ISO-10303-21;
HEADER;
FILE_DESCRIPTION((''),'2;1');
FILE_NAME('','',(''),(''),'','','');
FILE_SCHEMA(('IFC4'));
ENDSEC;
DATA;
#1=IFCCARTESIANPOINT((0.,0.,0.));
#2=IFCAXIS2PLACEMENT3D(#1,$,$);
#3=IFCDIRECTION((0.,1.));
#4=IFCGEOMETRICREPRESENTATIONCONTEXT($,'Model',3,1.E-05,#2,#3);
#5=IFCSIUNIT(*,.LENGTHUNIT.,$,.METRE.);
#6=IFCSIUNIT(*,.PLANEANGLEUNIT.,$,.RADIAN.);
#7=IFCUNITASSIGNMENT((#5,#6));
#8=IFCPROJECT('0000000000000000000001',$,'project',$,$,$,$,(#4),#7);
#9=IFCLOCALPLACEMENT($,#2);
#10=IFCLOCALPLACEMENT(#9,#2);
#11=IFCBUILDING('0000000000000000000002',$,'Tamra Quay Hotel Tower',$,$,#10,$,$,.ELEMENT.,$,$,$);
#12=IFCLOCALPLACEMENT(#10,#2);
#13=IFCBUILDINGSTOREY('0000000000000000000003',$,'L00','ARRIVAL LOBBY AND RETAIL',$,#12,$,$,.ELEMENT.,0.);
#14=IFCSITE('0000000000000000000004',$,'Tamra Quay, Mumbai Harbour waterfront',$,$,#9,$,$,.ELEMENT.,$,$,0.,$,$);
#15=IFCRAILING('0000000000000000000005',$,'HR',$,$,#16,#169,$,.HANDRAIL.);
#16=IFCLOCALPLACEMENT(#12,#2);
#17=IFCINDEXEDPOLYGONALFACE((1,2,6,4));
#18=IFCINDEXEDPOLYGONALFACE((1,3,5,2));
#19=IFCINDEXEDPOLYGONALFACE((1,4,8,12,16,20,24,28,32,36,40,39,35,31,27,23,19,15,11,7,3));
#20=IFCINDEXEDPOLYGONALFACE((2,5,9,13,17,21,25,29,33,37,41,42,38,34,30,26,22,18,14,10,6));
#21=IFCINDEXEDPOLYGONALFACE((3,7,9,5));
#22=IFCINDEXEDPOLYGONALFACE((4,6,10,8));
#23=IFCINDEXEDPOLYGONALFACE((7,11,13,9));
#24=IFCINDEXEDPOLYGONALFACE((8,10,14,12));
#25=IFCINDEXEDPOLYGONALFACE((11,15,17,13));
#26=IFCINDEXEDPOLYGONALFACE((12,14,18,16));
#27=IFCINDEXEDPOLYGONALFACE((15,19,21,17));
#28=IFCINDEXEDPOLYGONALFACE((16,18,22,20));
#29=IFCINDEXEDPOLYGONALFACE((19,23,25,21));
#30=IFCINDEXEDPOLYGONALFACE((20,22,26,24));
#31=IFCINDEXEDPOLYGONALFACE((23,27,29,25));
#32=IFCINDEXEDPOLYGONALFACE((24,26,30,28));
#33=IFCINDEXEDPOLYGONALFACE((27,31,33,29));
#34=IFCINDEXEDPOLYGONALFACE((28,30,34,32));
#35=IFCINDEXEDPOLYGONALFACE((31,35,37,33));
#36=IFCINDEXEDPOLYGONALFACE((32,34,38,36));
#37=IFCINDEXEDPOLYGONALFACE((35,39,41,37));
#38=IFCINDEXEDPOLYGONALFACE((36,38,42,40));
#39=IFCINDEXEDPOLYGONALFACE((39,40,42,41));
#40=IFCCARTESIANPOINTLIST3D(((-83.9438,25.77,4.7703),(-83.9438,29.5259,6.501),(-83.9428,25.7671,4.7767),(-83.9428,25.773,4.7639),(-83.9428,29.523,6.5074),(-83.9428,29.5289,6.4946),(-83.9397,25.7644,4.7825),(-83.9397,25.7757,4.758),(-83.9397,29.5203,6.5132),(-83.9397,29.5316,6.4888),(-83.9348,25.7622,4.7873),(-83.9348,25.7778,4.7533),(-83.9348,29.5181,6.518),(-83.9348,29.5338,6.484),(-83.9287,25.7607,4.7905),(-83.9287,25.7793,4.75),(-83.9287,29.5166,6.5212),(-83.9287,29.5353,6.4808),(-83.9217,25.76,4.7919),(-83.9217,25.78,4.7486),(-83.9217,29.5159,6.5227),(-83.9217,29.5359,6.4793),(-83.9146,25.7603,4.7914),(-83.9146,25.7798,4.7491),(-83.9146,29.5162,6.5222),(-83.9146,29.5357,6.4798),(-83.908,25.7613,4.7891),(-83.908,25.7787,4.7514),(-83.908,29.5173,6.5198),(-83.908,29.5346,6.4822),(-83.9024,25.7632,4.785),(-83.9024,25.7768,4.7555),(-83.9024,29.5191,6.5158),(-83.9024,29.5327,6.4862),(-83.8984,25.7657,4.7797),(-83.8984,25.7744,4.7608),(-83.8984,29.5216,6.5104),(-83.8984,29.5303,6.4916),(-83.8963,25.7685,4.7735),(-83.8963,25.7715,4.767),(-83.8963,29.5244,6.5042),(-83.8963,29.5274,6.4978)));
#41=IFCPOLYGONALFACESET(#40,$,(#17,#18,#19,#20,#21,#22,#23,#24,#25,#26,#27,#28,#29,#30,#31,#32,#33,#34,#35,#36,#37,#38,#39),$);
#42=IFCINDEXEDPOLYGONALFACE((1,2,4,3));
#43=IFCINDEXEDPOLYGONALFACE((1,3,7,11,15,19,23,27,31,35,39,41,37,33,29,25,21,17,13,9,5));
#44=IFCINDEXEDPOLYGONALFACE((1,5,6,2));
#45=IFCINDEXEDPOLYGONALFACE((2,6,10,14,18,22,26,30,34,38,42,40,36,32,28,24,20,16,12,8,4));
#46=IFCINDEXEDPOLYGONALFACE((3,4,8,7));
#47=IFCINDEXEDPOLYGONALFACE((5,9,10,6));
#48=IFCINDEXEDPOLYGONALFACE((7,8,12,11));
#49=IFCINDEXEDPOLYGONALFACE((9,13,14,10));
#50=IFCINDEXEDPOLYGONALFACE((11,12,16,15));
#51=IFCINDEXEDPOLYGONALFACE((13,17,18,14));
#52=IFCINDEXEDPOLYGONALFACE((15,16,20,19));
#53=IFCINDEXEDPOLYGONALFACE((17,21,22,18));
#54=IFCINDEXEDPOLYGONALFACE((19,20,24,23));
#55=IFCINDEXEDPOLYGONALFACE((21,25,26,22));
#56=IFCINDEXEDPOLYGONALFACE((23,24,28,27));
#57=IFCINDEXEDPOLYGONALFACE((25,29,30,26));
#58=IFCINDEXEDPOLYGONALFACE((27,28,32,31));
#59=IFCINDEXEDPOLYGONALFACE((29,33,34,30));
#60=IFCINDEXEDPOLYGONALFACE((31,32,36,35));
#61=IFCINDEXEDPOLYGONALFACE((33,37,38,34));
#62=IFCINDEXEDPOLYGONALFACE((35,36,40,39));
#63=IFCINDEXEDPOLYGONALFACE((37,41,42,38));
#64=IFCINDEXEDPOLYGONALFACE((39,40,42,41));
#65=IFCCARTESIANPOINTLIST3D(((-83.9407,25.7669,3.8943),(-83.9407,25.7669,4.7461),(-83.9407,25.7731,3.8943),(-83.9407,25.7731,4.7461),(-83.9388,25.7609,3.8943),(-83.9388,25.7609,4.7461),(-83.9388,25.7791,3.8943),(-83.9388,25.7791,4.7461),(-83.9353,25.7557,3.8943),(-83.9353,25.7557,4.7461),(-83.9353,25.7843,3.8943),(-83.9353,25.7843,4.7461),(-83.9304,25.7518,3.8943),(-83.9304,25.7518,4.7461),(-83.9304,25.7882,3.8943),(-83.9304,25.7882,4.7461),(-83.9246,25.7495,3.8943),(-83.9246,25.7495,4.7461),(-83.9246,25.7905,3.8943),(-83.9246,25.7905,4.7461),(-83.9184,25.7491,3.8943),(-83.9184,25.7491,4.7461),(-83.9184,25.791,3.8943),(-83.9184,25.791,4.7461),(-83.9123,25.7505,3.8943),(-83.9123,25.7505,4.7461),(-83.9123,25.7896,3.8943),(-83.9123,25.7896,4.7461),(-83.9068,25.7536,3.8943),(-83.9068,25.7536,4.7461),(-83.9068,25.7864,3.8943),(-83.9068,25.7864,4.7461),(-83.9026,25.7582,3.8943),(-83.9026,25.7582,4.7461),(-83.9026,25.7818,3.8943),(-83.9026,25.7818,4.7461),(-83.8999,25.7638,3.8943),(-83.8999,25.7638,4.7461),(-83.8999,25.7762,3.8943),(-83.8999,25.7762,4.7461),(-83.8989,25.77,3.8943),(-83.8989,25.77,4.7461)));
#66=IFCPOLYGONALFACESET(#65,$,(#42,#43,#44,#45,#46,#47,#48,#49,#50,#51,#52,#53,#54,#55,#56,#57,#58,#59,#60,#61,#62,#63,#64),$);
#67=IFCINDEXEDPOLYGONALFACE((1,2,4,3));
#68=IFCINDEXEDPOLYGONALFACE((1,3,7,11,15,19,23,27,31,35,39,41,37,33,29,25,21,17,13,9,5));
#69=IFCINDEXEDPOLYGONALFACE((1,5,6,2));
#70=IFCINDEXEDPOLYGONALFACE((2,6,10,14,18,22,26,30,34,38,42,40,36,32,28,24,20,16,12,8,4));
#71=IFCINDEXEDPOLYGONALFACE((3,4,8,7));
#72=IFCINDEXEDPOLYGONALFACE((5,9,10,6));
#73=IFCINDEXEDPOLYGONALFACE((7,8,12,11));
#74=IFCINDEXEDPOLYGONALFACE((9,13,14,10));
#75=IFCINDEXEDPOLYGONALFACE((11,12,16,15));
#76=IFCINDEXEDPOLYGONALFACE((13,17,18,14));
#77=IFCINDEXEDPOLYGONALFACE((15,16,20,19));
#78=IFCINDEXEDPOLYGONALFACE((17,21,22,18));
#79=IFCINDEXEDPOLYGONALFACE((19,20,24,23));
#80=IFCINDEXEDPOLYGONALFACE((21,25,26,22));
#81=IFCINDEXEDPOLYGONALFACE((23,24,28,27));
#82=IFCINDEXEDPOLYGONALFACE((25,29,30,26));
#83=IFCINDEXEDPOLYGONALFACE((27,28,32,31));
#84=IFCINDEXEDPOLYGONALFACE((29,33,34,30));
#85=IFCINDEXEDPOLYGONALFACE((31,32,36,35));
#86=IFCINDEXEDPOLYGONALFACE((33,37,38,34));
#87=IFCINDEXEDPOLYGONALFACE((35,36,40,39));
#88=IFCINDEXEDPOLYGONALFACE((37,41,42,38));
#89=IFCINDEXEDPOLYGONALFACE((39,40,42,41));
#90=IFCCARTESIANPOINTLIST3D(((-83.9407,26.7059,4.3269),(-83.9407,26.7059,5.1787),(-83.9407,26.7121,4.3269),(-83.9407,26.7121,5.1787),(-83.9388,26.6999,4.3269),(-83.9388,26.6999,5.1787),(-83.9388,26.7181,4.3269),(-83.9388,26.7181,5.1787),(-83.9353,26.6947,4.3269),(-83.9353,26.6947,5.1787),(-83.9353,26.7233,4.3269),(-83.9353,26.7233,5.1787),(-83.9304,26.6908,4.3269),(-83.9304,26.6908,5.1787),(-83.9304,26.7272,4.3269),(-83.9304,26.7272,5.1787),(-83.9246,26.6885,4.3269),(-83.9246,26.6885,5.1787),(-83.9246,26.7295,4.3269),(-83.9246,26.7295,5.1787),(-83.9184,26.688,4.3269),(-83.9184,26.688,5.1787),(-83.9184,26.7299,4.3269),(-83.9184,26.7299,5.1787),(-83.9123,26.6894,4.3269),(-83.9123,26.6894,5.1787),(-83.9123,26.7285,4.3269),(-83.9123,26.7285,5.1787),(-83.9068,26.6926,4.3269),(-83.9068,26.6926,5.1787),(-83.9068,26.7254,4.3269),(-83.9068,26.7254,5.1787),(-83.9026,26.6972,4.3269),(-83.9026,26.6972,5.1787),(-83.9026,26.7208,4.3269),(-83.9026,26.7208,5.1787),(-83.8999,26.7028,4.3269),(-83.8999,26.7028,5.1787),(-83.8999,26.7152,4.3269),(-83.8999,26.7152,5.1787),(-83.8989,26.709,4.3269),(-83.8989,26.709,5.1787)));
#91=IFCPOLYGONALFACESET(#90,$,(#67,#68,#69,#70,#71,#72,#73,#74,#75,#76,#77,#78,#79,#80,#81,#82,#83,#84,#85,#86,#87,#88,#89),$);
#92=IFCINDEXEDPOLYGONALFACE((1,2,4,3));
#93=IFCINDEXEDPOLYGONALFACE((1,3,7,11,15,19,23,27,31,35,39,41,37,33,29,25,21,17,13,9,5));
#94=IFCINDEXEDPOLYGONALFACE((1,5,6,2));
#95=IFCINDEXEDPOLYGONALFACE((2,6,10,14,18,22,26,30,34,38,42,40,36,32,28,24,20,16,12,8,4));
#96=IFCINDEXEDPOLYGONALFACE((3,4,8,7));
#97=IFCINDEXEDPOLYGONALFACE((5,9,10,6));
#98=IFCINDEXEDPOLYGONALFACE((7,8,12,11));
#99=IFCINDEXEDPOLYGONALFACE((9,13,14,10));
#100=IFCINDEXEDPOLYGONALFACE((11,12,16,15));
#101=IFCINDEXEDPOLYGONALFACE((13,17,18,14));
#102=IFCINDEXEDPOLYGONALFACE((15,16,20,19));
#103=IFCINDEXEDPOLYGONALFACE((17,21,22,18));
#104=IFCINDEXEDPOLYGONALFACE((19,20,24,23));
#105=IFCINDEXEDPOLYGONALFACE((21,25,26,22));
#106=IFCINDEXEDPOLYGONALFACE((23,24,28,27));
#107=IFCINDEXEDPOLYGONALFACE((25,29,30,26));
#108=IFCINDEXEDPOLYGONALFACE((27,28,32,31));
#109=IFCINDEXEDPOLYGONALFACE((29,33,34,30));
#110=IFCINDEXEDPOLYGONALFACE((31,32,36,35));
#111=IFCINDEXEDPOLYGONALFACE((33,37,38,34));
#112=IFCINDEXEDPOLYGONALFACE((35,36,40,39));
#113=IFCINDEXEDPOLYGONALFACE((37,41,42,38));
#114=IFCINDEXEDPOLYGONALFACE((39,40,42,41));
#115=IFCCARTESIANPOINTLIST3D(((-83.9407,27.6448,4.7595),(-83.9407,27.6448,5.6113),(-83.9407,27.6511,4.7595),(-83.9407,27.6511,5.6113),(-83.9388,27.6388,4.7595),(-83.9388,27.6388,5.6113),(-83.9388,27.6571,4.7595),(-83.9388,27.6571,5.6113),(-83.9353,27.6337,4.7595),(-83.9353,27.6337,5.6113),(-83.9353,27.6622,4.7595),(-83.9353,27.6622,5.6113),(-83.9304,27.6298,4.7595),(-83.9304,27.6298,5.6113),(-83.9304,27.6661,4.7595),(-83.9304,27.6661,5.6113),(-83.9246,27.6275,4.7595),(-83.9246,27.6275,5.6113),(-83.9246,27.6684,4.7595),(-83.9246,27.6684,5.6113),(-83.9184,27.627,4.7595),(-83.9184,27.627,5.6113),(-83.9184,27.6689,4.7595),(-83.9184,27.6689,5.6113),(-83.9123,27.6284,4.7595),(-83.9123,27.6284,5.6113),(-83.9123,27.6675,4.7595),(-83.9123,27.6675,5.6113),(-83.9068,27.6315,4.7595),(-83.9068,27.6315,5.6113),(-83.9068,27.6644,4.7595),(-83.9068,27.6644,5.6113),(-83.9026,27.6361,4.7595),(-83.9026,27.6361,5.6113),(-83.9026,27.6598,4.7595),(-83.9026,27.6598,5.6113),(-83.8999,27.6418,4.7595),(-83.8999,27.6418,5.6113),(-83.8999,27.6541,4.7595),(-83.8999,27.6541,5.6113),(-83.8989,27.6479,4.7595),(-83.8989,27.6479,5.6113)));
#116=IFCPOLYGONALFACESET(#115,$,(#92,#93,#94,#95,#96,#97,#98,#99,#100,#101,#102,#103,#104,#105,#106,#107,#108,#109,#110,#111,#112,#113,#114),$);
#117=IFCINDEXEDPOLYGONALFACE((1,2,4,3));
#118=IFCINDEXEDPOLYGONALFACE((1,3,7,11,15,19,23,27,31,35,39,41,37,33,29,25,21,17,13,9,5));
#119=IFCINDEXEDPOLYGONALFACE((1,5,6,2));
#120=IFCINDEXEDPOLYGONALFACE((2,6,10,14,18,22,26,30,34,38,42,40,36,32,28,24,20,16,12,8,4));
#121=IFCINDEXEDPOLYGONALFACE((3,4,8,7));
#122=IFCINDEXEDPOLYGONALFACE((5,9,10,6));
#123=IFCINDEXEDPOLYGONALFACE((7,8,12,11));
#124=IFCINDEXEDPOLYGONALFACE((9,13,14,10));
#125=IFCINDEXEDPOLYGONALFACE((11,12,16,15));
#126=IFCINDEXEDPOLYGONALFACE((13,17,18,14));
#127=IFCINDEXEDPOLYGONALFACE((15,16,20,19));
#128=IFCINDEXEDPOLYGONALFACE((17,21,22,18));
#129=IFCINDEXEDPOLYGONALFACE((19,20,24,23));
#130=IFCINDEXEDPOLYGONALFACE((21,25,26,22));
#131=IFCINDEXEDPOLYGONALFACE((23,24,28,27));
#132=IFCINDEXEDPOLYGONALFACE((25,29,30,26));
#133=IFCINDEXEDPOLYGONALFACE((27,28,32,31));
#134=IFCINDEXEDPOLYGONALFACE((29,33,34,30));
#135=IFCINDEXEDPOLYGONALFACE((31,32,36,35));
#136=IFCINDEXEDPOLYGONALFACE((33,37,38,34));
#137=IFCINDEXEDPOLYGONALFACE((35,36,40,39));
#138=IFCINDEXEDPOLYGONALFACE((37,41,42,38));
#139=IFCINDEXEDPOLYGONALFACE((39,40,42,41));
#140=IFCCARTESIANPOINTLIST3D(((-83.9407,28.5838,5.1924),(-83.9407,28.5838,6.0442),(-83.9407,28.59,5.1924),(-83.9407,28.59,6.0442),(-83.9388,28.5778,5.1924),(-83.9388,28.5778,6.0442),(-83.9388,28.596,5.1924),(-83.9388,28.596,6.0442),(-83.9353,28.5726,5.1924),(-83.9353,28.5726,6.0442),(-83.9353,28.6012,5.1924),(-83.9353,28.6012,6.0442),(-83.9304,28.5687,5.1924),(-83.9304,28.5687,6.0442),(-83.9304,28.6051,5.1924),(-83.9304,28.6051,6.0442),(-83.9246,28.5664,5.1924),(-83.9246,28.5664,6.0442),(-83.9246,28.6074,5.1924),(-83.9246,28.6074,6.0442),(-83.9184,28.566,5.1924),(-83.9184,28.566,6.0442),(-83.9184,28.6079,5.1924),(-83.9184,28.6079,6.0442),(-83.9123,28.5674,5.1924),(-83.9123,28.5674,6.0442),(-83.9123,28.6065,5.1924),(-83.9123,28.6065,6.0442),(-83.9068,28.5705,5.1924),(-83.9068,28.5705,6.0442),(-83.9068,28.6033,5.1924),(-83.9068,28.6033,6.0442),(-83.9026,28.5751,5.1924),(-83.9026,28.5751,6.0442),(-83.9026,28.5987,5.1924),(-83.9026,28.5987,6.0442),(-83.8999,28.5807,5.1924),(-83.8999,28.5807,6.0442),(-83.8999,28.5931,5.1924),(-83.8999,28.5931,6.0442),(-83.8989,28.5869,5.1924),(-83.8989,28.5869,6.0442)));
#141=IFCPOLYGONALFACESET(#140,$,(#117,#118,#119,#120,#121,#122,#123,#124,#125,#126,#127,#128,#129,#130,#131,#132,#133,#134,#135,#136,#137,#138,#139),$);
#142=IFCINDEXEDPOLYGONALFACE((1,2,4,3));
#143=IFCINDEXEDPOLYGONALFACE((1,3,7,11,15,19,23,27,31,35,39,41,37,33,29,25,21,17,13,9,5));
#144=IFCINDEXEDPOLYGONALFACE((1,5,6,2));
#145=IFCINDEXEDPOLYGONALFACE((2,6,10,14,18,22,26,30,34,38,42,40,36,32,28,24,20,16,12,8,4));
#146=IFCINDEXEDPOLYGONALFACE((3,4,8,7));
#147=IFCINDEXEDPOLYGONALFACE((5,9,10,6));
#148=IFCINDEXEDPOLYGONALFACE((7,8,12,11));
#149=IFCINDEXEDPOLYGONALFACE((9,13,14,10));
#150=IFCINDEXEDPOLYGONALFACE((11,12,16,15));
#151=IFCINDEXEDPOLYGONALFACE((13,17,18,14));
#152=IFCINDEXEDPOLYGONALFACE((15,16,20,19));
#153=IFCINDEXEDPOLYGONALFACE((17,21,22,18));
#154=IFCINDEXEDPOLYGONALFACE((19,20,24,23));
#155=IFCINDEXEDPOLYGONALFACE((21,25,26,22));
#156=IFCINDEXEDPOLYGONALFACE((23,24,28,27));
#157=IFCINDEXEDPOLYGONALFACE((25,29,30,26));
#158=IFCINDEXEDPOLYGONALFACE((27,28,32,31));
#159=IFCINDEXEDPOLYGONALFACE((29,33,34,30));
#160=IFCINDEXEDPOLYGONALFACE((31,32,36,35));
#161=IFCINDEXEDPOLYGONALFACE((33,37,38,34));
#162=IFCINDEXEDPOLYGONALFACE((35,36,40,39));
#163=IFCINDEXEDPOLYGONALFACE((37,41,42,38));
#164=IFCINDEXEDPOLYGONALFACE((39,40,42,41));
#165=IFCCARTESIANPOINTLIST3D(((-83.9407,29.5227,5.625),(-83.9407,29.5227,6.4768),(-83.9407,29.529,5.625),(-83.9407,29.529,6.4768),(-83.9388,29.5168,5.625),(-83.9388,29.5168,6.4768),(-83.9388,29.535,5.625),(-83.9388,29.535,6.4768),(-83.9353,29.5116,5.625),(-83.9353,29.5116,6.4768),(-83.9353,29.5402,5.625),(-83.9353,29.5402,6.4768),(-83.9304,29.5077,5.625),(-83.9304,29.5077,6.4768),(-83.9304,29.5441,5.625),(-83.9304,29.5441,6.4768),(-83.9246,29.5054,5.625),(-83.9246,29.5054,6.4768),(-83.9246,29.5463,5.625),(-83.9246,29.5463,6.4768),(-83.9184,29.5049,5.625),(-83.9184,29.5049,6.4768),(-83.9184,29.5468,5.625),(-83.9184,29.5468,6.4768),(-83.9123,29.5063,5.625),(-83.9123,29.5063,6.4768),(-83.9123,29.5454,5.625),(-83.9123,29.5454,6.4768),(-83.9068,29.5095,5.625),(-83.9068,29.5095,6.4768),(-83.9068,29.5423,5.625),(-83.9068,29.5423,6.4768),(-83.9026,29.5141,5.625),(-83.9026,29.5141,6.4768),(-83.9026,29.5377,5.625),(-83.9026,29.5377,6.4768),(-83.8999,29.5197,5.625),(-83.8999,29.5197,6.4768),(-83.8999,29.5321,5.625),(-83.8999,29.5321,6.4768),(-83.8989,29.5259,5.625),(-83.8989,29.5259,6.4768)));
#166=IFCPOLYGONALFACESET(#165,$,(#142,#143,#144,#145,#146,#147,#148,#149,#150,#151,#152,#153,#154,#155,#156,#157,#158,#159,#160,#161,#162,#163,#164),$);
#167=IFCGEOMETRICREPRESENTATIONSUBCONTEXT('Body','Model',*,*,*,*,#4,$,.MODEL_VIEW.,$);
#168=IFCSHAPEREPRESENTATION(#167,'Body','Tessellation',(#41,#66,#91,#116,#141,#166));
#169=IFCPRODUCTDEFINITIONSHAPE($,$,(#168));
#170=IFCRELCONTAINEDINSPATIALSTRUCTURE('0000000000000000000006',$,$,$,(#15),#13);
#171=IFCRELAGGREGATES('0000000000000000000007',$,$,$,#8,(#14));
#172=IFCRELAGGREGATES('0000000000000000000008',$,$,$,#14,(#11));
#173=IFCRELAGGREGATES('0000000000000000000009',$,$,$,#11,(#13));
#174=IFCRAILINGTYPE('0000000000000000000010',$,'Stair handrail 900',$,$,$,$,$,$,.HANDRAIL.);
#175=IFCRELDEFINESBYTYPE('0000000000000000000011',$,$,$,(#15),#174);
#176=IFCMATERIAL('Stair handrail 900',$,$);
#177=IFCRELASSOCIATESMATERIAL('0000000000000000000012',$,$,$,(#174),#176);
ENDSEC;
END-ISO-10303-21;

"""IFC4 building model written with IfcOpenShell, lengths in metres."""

from ifc_helpers import new_model, si_unit, direction, frame, origin, origin_2d, place, context, subcontext, project, spatial, circle, extrude, material, type_object, element, save


model = new_model("IFC4")

# Units and contexts
model_context = context("Model", 3, precision=1e-05, world=origin(), true_north=direction((0.0, 1.0)))
body_context = subcontext(model_context, "Body", "Model", "MODEL_VIEW")
ifc_project = project(units=[si_unit("LENGTHUNIT", "METRE"), si_unit("PLANEANGLEUNIT", "RADIAN")], contexts=[model_context])

# Site, building, storey
site_placement = place(None, origin())
site = spatial("IfcSite", under=ifc_project, at=site_placement, Name="Tamra Quay, Mumbai Harbour waterfront", CompositionType="ELEMENT", RefElevation=0.0)
building_placement = place(site_placement, origin())
building = spatial("IfcBuilding", under=site, at=building_placement, Name="Tamra Quay Hotel Tower", CompositionType="ELEMENT")
storey_placement = place(building_placement, origin())
storey = spatial("IfcBuildingStorey", under=building, at=storey_placement, Name="L00", Description="ARRIVAL LOBBY AND RETAIL", CompositionType="ELEMENT", Elevation=0.0)

# Railing
ifc_material_1 = material(Name="Stair handrail 900")
railing_type_1 = type_object("IfcRailingType", Name="Stair handrail 900", PredefinedType="HANDRAIL", material=ifc_material_1)
railing_1_placement = place(storey_placement, frame((-83.9199, 25.77, 3.8943)))
element("IfcRailing", 1, at=railing_1_placement, inside=storey, type_object=railing_type_1, Name="HR", PredefinedType="HANDRAIL", context=body_context, shape_type="SweptSolid", body=[
    extrude(circle(Radius=0.0239, at=origin_2d()), frame((0.0, 0.0, 0.876), z_axis=(0.0, 0.908213, 0.418508), x_axis=(-1.0, 0.0, 0.0)), (0.0, 0.0, 1.0), 4.1355),
    extrude(circle(Radius=0.021, at=origin_2d()), origin(), (0.0, 0.0, 1.0), 0.8518),
    extrude(circle(Radius=0.021, at=origin_2d()), frame((0.0, 0.939, 0.4326)), (0.0, 0.0, 1.0), 0.8518),
    extrude(circle(Radius=0.021, at=origin_2d()), frame((0.0, 1.8779, 0.8652)), (0.0, 0.0, 1.0), 0.8518),
    extrude(circle(Radius=0.021, at=origin_2d()), frame((0.0, 2.8169, 1.2981)), (0.0, 0.0, 1.0), 0.8518),
    extrude(circle(Radius=0.021, at=origin_2d()), frame((0.0, 3.7559, 1.7307)), (0.0, 0.0, 1.0), 0.8518),
])

save(model, "model.ifc")
